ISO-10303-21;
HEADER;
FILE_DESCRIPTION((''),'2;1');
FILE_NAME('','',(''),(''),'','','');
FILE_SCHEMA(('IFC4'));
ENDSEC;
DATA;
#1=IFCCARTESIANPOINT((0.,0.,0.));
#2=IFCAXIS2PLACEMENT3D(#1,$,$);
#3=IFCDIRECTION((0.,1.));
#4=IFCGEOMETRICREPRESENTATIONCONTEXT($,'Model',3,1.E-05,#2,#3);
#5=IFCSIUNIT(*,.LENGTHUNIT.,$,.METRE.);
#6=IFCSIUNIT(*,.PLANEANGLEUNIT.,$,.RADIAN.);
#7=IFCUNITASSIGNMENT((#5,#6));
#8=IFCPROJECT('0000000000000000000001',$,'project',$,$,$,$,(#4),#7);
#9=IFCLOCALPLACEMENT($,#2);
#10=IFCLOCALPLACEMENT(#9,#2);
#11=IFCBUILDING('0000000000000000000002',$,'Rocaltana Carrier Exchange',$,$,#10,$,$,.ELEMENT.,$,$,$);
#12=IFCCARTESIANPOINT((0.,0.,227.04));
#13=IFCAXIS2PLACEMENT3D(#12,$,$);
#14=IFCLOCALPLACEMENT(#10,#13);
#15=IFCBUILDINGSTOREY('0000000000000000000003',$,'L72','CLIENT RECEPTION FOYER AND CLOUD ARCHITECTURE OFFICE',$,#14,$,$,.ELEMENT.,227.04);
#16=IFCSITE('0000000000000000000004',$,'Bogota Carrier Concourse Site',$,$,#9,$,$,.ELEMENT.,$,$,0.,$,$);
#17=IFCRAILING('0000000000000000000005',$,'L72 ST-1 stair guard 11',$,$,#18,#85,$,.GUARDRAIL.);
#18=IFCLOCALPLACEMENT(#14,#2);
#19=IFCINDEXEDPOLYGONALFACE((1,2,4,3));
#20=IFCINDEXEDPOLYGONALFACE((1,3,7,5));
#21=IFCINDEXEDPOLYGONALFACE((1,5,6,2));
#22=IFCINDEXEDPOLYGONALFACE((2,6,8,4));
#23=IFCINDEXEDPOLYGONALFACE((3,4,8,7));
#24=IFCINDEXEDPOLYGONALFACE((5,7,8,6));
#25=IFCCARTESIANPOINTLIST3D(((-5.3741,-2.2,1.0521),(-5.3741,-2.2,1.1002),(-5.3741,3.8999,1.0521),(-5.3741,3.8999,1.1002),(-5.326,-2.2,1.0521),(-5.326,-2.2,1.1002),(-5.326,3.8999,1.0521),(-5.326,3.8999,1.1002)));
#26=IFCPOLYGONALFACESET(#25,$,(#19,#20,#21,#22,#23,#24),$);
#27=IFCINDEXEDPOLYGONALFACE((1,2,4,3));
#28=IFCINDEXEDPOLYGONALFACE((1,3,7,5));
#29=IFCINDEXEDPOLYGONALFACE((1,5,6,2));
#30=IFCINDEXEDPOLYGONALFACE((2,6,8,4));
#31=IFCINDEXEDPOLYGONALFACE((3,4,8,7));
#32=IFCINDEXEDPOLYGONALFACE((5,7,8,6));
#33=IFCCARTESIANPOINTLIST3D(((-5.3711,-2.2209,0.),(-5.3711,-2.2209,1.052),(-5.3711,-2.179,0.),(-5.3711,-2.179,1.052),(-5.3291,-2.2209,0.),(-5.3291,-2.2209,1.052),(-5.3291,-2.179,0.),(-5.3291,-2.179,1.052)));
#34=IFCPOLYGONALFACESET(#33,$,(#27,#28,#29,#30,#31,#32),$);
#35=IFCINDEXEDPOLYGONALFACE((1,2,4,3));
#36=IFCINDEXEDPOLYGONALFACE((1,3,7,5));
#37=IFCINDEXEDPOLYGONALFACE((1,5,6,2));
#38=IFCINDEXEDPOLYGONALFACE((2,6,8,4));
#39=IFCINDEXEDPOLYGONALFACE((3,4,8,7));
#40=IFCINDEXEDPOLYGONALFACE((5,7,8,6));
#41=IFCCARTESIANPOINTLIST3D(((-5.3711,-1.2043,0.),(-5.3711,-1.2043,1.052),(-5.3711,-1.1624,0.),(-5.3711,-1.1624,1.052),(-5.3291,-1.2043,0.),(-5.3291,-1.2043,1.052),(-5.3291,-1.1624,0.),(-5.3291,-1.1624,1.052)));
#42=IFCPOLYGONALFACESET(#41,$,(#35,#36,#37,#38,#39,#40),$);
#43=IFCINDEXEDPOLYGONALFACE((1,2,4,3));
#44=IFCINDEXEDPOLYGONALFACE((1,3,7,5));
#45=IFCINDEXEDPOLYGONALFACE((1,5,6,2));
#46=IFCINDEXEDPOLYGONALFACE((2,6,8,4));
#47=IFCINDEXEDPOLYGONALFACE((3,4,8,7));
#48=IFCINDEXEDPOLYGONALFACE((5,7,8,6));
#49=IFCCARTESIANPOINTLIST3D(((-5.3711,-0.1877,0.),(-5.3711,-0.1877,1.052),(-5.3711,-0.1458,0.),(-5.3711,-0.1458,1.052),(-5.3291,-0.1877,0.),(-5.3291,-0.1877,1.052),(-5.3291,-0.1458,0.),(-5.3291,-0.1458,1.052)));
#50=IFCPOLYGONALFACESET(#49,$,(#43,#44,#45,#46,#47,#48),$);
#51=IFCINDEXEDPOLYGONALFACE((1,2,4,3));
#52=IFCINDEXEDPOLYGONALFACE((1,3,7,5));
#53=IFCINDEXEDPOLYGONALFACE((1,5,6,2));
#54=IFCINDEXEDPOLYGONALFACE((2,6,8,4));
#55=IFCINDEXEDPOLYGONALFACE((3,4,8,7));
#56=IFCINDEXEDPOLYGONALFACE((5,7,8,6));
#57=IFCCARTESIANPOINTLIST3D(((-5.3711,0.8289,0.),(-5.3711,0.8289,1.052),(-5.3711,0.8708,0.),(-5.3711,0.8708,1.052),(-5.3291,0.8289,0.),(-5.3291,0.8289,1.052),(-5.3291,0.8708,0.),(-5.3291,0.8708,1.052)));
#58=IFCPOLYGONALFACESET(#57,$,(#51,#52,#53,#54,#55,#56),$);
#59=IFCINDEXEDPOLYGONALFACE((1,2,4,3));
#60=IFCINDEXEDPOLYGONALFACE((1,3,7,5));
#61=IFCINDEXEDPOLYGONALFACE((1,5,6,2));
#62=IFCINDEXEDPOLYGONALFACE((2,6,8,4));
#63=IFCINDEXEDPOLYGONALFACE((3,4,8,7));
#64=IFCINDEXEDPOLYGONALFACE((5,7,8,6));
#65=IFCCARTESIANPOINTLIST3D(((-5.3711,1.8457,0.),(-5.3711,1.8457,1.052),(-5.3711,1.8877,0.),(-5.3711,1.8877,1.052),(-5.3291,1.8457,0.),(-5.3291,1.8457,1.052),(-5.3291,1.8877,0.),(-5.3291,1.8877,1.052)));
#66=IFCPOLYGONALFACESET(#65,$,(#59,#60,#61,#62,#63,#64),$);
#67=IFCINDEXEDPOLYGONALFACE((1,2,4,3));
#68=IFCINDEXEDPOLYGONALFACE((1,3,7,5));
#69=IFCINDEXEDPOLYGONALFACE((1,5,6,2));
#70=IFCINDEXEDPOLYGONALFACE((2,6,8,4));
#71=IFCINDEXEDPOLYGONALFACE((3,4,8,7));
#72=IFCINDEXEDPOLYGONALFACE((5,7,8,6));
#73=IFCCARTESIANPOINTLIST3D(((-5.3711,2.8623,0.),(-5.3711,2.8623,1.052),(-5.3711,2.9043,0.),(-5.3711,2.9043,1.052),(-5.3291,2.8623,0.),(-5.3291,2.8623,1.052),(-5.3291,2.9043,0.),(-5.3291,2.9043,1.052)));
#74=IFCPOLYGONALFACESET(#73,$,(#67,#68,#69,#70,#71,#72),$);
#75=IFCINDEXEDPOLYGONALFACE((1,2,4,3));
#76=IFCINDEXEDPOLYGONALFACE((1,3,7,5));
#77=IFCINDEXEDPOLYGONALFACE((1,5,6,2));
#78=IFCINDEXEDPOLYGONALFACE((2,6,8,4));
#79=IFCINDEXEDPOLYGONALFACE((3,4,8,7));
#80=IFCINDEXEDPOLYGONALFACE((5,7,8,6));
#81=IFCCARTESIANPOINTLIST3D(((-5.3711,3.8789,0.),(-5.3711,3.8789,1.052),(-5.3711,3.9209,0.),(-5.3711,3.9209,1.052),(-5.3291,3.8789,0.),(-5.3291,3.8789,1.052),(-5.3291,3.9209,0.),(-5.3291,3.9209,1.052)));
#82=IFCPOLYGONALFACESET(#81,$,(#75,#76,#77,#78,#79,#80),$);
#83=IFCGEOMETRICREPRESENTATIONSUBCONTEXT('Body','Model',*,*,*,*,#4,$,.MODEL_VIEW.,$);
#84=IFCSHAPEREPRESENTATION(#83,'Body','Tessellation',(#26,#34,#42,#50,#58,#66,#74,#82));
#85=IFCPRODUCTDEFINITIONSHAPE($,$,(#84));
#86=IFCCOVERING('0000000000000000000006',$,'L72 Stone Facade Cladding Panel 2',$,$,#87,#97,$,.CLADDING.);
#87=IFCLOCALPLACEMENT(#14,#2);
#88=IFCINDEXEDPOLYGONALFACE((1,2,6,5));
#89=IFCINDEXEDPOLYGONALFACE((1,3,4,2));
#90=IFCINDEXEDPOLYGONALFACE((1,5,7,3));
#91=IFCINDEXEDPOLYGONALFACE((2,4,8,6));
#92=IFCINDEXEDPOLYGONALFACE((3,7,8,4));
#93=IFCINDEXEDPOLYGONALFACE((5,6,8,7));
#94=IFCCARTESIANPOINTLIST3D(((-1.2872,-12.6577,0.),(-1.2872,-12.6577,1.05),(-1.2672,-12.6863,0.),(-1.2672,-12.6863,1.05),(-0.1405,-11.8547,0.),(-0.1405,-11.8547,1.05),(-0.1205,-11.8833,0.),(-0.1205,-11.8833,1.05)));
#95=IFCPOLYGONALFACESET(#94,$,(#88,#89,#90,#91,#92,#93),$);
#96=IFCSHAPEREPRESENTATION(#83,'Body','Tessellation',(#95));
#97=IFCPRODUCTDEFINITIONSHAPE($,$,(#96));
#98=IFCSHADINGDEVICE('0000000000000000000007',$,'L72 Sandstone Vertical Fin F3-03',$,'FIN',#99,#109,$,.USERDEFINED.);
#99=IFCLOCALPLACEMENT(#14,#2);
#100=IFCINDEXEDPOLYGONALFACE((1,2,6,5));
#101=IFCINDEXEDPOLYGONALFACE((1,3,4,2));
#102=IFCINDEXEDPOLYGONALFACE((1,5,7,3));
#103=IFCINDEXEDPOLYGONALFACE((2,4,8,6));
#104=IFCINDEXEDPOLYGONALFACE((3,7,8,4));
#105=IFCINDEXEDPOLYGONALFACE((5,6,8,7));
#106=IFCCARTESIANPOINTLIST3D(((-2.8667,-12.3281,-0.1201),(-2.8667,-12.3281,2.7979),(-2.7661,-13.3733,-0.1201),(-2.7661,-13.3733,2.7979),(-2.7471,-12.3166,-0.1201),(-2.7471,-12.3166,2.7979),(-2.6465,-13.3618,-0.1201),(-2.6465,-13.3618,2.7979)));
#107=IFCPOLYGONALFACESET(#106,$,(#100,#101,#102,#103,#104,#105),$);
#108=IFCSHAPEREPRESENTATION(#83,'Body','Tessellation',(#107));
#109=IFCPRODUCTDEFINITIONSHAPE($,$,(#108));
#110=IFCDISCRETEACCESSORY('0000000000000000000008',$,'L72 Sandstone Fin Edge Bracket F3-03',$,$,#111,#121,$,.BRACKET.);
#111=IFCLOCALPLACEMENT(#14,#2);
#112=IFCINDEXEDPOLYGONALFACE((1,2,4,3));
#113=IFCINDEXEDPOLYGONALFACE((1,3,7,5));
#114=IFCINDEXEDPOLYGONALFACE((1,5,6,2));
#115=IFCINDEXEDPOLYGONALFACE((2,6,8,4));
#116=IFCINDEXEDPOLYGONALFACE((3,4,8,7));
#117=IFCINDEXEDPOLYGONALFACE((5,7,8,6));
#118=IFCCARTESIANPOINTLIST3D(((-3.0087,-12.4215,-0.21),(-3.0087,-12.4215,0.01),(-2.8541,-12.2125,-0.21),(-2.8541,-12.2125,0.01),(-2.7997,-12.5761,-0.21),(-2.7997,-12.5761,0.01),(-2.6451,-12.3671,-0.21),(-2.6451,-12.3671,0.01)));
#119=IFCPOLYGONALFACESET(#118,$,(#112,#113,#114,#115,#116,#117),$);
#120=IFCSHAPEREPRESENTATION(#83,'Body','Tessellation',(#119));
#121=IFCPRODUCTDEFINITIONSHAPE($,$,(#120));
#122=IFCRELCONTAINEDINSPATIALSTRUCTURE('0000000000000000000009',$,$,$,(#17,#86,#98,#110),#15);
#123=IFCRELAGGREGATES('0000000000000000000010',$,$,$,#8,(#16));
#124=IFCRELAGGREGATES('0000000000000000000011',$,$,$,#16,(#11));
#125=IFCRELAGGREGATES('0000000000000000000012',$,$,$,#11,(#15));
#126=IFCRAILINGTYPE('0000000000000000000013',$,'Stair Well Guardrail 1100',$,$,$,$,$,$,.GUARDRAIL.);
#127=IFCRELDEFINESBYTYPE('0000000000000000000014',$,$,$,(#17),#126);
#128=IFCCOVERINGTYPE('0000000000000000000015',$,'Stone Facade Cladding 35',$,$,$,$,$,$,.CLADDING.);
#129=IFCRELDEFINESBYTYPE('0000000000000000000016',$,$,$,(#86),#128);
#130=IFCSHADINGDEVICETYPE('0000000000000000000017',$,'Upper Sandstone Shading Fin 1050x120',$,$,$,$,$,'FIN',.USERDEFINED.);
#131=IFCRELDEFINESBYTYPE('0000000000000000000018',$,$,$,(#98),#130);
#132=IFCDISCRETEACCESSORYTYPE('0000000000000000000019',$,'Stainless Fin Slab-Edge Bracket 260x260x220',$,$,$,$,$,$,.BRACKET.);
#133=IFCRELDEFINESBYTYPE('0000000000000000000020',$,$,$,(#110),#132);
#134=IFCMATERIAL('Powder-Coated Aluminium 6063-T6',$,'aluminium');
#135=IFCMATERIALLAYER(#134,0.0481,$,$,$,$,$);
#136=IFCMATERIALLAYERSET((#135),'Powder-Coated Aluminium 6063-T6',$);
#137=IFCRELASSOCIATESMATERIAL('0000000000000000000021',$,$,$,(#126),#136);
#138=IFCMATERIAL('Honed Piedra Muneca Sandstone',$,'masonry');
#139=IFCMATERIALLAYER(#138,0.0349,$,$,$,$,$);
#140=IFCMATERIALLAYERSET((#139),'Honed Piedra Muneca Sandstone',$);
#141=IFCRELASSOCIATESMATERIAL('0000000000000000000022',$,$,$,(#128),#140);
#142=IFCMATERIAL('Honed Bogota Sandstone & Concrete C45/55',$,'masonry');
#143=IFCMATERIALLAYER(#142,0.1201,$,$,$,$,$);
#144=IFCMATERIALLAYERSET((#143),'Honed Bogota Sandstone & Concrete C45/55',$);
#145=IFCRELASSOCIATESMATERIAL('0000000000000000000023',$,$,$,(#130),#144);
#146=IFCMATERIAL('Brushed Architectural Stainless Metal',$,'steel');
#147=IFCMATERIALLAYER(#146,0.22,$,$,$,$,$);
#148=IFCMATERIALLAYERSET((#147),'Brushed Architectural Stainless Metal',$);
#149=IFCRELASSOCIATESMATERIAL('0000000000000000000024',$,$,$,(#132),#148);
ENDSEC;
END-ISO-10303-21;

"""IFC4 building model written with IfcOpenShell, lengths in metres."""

from ifc_helpers import new_model, si_unit, direction, frame, origin, origin_2d, place, context, subcontext, project, spatial, rectangle, extrude, material, layer, layer_set, type_object, element, save


model = new_model("IFC4")

# Units and contexts
model_context = context("Model", 3, precision=1e-05, world=origin(), true_north=direction((0.0, 1.0)))
body_context = subcontext(model_context, "Body", "Model", "MODEL_VIEW")
ifc_project = project(units=[si_unit("LENGTHUNIT", "METRE"), si_unit("PLANEANGLEUNIT", "RADIAN")], contexts=[model_context])

# Site, building, storey
site_placement = place(None, origin())
site = spatial("IfcSite", under=ifc_project, at=site_placement, Name="Bogota Carrier Concourse Site", CompositionType="ELEMENT", RefElevation=0.0)
building_placement = place(site_placement, origin())
building = spatial("IfcBuilding", under=site, at=building_placement, Name="Rocaltana Carrier Exchange", CompositionType="ELEMENT")
storey_placement = place(building_placement, frame((0.0, 0.0, 227.04)))
storey = spatial("IfcBuildingStorey", under=building, at=storey_placement, Name="L72", Description="CLIENT RECEPTION FOYER AND CLOUD ARCHITECTURE OFFICE", CompositionType="ELEMENT", Elevation=227.04)

# Railing
ifc_material_1 = material(Name="Powder-Coated Aluminium 6063-T6", Category="aluminium")
ifc_layer_1 = layer(ifc_material_1, 0.0481)
ifc_layer_set_1 = layer_set([ifc_layer_1], Name="Powder-Coated Aluminium 6063-T6")
railing_type_1 = type_object("IfcRailingType", Name="Stair Well Guardrail 1100", PredefinedType="GUARDRAIL", material=ifc_layer_set_1)
for number, where, name in (
    (1, (-5.3501, -2.2, 0.0), "L72 ST-1 stair guard 11"),
):
    element("IfcRailing", number, at=place(storey_placement, frame(where)), inside=storey, type_object=railing_type_1, Name=name, PredefinedType="GUARDRAIL", context=body_context, shape_type="SweptSolid", body=[
        extrude(rectangle(XDim=0.0481, YDim=0.0481, at=origin_2d()), frame((0.0, 0.0, 1.0762), z_axis=(0.0, 1.0, 0.0), x_axis=(-1.0, 0.0, 0.0)), (0.0, 0.0, 1.0), 6.0999),
        extrude(rectangle(XDim=0.042, YDim=0.042, at=origin_2d()), origin(), (0.0, 0.0, 1.0), 1.052),
        extrude(rectangle(XDim=0.042, YDim=0.042, at=origin_2d()), frame((0.0, 1.0166, 0.0)), (0.0, 0.0, 1.0), 1.052),
        extrude(rectangle(XDim=0.042, YDim=0.042, at=origin_2d()), frame((0.0, 2.0332, 0.0)), (0.0, 0.0, 1.0), 1.052),
        extrude(rectangle(XDim=0.042, YDim=0.042, at=origin_2d()), frame((0.0, 3.0498, 0.0)), (0.0, 0.0, 1.0), 1.052),
        extrude(rectangle(XDim=0.042, YDim=0.042, at=origin_2d()), frame((0.0, 4.0667, 0.0)), (0.0, 0.0, 1.0), 1.052),
        extrude(rectangle(XDim=0.042, YDim=0.042, at=origin_2d()), frame((0.0, 5.0833, 0.0)), (0.0, 0.0, 1.0), 1.052),
        extrude(rectangle(XDim=0.042, YDim=0.042, at=origin_2d()), frame((0.0, 6.0999, 0.0)), (0.0, 0.0, 1.0), 1.052),
    ])

# Covering
ifc_material_2 = material(Name="Honed Piedra Muneca Sandstone", Category="masonry")
ifc_layer_2 = layer(ifc_material_2, 0.0349)
ifc_layer_set_2 = layer_set([ifc_layer_2], Name="Honed Piedra Muneca Sandstone")
covering_type_1 = type_object("IfcCoveringType", Name="Stone Facade Cladding 35", PredefinedType="CLADDING", material=ifc_layer_set_2)
covering_1_placement = place(storey_placement, frame((-0.7039, -12.2705, 0.0), z_axis=(0.0, 0.0, 1.0), x_axis=(0.819152, 0.573576, 0.0)))
element("IfcCovering", 2, at=covering_1_placement, inside=storey, type_object=covering_type_1, Name="L72 Stone Facade Cladding Panel 2", PredefinedType="CLADDING", context=body_context, shape_type="SweptSolid", body=[
    extrude(rectangle(XDim=1.3999, YDim=0.0349, at=origin_2d()), origin(), (0.0, 0.0, 1.0), 1.05),
])

# Shading device
ifc_material_3 = material(Name="Honed Bogota Sandstone & Concrete C45/55", Category="masonry")
ifc_layer_3 = layer(ifc_material_3, 0.1201)
ifc_layer_set_3 = layer_set([ifc_layer_3], Name="Honed Bogota Sandstone & Concrete C45/55")
shading_device_type = type_object("IfcShadingDeviceType", Name="Upper Sandstone Shading Fin 1050x120", ElementType="FIN", PredefinedType="USERDEFINED", material=ifc_layer_set_3)
shading_device_placement = place(storey_placement, frame((-2.7566, -12.845, -0.1201), z_axis=(0.0, 0.0, 1.0), x_axis=(0.095846, -0.995396, 0.0)))
element("IfcShadingDevice", 3, at=shading_device_placement, inside=storey, type_object=shading_device_type, Name="L72 Sandstone Vertical Fin F3-03", ObjectType="FIN", PredefinedType="USERDEFINED", context=body_context, shape_type="SweptSolid", body=[
    extrude(rectangle(XDim=1.05, YDim=0.1201, at=origin_2d()), origin(), (0.0, 0.0, 1.0), 2.918),
])

# Discrete accessory
ifc_material_4 = material(Name="Brushed Architectural Stainless Metal", Category="steel")
ifc_layer_4 = layer(ifc_material_4, 0.22)
ifc_layer_set_4 = layer_set([ifc_layer_4], Name="Brushed Architectural Stainless Metal")
discrete_accessory_type = type_object("IfcDiscreteAccessoryType", Name="Stainless Fin Slab-Edge Bracket 260x260x220", PredefinedType="BRACKET", material=ifc_layer_set_4)
discrete_accessory_placement = place(storey_placement, frame((-2.8269, -12.3943, -0.21), z_axis=(0.0, 0.0, 1.0), x_axis=(0.803857, -0.594823, 0.0)))
element("IfcDiscreteAccessory", 4, at=discrete_accessory_placement, inside=storey, type_object=discrete_accessory_type, Name="L72 Sandstone Fin Edge Bracket F3-03", PredefinedType="BRACKET", context=body_context, shape_type="SweptSolid", body=[
    extrude(rectangle(XDim=0.26, YDim=0.26, at=origin_2d()), origin(), (0.0, 0.0, 1.0), 0.22),
])

save(model, "model.ifc")
